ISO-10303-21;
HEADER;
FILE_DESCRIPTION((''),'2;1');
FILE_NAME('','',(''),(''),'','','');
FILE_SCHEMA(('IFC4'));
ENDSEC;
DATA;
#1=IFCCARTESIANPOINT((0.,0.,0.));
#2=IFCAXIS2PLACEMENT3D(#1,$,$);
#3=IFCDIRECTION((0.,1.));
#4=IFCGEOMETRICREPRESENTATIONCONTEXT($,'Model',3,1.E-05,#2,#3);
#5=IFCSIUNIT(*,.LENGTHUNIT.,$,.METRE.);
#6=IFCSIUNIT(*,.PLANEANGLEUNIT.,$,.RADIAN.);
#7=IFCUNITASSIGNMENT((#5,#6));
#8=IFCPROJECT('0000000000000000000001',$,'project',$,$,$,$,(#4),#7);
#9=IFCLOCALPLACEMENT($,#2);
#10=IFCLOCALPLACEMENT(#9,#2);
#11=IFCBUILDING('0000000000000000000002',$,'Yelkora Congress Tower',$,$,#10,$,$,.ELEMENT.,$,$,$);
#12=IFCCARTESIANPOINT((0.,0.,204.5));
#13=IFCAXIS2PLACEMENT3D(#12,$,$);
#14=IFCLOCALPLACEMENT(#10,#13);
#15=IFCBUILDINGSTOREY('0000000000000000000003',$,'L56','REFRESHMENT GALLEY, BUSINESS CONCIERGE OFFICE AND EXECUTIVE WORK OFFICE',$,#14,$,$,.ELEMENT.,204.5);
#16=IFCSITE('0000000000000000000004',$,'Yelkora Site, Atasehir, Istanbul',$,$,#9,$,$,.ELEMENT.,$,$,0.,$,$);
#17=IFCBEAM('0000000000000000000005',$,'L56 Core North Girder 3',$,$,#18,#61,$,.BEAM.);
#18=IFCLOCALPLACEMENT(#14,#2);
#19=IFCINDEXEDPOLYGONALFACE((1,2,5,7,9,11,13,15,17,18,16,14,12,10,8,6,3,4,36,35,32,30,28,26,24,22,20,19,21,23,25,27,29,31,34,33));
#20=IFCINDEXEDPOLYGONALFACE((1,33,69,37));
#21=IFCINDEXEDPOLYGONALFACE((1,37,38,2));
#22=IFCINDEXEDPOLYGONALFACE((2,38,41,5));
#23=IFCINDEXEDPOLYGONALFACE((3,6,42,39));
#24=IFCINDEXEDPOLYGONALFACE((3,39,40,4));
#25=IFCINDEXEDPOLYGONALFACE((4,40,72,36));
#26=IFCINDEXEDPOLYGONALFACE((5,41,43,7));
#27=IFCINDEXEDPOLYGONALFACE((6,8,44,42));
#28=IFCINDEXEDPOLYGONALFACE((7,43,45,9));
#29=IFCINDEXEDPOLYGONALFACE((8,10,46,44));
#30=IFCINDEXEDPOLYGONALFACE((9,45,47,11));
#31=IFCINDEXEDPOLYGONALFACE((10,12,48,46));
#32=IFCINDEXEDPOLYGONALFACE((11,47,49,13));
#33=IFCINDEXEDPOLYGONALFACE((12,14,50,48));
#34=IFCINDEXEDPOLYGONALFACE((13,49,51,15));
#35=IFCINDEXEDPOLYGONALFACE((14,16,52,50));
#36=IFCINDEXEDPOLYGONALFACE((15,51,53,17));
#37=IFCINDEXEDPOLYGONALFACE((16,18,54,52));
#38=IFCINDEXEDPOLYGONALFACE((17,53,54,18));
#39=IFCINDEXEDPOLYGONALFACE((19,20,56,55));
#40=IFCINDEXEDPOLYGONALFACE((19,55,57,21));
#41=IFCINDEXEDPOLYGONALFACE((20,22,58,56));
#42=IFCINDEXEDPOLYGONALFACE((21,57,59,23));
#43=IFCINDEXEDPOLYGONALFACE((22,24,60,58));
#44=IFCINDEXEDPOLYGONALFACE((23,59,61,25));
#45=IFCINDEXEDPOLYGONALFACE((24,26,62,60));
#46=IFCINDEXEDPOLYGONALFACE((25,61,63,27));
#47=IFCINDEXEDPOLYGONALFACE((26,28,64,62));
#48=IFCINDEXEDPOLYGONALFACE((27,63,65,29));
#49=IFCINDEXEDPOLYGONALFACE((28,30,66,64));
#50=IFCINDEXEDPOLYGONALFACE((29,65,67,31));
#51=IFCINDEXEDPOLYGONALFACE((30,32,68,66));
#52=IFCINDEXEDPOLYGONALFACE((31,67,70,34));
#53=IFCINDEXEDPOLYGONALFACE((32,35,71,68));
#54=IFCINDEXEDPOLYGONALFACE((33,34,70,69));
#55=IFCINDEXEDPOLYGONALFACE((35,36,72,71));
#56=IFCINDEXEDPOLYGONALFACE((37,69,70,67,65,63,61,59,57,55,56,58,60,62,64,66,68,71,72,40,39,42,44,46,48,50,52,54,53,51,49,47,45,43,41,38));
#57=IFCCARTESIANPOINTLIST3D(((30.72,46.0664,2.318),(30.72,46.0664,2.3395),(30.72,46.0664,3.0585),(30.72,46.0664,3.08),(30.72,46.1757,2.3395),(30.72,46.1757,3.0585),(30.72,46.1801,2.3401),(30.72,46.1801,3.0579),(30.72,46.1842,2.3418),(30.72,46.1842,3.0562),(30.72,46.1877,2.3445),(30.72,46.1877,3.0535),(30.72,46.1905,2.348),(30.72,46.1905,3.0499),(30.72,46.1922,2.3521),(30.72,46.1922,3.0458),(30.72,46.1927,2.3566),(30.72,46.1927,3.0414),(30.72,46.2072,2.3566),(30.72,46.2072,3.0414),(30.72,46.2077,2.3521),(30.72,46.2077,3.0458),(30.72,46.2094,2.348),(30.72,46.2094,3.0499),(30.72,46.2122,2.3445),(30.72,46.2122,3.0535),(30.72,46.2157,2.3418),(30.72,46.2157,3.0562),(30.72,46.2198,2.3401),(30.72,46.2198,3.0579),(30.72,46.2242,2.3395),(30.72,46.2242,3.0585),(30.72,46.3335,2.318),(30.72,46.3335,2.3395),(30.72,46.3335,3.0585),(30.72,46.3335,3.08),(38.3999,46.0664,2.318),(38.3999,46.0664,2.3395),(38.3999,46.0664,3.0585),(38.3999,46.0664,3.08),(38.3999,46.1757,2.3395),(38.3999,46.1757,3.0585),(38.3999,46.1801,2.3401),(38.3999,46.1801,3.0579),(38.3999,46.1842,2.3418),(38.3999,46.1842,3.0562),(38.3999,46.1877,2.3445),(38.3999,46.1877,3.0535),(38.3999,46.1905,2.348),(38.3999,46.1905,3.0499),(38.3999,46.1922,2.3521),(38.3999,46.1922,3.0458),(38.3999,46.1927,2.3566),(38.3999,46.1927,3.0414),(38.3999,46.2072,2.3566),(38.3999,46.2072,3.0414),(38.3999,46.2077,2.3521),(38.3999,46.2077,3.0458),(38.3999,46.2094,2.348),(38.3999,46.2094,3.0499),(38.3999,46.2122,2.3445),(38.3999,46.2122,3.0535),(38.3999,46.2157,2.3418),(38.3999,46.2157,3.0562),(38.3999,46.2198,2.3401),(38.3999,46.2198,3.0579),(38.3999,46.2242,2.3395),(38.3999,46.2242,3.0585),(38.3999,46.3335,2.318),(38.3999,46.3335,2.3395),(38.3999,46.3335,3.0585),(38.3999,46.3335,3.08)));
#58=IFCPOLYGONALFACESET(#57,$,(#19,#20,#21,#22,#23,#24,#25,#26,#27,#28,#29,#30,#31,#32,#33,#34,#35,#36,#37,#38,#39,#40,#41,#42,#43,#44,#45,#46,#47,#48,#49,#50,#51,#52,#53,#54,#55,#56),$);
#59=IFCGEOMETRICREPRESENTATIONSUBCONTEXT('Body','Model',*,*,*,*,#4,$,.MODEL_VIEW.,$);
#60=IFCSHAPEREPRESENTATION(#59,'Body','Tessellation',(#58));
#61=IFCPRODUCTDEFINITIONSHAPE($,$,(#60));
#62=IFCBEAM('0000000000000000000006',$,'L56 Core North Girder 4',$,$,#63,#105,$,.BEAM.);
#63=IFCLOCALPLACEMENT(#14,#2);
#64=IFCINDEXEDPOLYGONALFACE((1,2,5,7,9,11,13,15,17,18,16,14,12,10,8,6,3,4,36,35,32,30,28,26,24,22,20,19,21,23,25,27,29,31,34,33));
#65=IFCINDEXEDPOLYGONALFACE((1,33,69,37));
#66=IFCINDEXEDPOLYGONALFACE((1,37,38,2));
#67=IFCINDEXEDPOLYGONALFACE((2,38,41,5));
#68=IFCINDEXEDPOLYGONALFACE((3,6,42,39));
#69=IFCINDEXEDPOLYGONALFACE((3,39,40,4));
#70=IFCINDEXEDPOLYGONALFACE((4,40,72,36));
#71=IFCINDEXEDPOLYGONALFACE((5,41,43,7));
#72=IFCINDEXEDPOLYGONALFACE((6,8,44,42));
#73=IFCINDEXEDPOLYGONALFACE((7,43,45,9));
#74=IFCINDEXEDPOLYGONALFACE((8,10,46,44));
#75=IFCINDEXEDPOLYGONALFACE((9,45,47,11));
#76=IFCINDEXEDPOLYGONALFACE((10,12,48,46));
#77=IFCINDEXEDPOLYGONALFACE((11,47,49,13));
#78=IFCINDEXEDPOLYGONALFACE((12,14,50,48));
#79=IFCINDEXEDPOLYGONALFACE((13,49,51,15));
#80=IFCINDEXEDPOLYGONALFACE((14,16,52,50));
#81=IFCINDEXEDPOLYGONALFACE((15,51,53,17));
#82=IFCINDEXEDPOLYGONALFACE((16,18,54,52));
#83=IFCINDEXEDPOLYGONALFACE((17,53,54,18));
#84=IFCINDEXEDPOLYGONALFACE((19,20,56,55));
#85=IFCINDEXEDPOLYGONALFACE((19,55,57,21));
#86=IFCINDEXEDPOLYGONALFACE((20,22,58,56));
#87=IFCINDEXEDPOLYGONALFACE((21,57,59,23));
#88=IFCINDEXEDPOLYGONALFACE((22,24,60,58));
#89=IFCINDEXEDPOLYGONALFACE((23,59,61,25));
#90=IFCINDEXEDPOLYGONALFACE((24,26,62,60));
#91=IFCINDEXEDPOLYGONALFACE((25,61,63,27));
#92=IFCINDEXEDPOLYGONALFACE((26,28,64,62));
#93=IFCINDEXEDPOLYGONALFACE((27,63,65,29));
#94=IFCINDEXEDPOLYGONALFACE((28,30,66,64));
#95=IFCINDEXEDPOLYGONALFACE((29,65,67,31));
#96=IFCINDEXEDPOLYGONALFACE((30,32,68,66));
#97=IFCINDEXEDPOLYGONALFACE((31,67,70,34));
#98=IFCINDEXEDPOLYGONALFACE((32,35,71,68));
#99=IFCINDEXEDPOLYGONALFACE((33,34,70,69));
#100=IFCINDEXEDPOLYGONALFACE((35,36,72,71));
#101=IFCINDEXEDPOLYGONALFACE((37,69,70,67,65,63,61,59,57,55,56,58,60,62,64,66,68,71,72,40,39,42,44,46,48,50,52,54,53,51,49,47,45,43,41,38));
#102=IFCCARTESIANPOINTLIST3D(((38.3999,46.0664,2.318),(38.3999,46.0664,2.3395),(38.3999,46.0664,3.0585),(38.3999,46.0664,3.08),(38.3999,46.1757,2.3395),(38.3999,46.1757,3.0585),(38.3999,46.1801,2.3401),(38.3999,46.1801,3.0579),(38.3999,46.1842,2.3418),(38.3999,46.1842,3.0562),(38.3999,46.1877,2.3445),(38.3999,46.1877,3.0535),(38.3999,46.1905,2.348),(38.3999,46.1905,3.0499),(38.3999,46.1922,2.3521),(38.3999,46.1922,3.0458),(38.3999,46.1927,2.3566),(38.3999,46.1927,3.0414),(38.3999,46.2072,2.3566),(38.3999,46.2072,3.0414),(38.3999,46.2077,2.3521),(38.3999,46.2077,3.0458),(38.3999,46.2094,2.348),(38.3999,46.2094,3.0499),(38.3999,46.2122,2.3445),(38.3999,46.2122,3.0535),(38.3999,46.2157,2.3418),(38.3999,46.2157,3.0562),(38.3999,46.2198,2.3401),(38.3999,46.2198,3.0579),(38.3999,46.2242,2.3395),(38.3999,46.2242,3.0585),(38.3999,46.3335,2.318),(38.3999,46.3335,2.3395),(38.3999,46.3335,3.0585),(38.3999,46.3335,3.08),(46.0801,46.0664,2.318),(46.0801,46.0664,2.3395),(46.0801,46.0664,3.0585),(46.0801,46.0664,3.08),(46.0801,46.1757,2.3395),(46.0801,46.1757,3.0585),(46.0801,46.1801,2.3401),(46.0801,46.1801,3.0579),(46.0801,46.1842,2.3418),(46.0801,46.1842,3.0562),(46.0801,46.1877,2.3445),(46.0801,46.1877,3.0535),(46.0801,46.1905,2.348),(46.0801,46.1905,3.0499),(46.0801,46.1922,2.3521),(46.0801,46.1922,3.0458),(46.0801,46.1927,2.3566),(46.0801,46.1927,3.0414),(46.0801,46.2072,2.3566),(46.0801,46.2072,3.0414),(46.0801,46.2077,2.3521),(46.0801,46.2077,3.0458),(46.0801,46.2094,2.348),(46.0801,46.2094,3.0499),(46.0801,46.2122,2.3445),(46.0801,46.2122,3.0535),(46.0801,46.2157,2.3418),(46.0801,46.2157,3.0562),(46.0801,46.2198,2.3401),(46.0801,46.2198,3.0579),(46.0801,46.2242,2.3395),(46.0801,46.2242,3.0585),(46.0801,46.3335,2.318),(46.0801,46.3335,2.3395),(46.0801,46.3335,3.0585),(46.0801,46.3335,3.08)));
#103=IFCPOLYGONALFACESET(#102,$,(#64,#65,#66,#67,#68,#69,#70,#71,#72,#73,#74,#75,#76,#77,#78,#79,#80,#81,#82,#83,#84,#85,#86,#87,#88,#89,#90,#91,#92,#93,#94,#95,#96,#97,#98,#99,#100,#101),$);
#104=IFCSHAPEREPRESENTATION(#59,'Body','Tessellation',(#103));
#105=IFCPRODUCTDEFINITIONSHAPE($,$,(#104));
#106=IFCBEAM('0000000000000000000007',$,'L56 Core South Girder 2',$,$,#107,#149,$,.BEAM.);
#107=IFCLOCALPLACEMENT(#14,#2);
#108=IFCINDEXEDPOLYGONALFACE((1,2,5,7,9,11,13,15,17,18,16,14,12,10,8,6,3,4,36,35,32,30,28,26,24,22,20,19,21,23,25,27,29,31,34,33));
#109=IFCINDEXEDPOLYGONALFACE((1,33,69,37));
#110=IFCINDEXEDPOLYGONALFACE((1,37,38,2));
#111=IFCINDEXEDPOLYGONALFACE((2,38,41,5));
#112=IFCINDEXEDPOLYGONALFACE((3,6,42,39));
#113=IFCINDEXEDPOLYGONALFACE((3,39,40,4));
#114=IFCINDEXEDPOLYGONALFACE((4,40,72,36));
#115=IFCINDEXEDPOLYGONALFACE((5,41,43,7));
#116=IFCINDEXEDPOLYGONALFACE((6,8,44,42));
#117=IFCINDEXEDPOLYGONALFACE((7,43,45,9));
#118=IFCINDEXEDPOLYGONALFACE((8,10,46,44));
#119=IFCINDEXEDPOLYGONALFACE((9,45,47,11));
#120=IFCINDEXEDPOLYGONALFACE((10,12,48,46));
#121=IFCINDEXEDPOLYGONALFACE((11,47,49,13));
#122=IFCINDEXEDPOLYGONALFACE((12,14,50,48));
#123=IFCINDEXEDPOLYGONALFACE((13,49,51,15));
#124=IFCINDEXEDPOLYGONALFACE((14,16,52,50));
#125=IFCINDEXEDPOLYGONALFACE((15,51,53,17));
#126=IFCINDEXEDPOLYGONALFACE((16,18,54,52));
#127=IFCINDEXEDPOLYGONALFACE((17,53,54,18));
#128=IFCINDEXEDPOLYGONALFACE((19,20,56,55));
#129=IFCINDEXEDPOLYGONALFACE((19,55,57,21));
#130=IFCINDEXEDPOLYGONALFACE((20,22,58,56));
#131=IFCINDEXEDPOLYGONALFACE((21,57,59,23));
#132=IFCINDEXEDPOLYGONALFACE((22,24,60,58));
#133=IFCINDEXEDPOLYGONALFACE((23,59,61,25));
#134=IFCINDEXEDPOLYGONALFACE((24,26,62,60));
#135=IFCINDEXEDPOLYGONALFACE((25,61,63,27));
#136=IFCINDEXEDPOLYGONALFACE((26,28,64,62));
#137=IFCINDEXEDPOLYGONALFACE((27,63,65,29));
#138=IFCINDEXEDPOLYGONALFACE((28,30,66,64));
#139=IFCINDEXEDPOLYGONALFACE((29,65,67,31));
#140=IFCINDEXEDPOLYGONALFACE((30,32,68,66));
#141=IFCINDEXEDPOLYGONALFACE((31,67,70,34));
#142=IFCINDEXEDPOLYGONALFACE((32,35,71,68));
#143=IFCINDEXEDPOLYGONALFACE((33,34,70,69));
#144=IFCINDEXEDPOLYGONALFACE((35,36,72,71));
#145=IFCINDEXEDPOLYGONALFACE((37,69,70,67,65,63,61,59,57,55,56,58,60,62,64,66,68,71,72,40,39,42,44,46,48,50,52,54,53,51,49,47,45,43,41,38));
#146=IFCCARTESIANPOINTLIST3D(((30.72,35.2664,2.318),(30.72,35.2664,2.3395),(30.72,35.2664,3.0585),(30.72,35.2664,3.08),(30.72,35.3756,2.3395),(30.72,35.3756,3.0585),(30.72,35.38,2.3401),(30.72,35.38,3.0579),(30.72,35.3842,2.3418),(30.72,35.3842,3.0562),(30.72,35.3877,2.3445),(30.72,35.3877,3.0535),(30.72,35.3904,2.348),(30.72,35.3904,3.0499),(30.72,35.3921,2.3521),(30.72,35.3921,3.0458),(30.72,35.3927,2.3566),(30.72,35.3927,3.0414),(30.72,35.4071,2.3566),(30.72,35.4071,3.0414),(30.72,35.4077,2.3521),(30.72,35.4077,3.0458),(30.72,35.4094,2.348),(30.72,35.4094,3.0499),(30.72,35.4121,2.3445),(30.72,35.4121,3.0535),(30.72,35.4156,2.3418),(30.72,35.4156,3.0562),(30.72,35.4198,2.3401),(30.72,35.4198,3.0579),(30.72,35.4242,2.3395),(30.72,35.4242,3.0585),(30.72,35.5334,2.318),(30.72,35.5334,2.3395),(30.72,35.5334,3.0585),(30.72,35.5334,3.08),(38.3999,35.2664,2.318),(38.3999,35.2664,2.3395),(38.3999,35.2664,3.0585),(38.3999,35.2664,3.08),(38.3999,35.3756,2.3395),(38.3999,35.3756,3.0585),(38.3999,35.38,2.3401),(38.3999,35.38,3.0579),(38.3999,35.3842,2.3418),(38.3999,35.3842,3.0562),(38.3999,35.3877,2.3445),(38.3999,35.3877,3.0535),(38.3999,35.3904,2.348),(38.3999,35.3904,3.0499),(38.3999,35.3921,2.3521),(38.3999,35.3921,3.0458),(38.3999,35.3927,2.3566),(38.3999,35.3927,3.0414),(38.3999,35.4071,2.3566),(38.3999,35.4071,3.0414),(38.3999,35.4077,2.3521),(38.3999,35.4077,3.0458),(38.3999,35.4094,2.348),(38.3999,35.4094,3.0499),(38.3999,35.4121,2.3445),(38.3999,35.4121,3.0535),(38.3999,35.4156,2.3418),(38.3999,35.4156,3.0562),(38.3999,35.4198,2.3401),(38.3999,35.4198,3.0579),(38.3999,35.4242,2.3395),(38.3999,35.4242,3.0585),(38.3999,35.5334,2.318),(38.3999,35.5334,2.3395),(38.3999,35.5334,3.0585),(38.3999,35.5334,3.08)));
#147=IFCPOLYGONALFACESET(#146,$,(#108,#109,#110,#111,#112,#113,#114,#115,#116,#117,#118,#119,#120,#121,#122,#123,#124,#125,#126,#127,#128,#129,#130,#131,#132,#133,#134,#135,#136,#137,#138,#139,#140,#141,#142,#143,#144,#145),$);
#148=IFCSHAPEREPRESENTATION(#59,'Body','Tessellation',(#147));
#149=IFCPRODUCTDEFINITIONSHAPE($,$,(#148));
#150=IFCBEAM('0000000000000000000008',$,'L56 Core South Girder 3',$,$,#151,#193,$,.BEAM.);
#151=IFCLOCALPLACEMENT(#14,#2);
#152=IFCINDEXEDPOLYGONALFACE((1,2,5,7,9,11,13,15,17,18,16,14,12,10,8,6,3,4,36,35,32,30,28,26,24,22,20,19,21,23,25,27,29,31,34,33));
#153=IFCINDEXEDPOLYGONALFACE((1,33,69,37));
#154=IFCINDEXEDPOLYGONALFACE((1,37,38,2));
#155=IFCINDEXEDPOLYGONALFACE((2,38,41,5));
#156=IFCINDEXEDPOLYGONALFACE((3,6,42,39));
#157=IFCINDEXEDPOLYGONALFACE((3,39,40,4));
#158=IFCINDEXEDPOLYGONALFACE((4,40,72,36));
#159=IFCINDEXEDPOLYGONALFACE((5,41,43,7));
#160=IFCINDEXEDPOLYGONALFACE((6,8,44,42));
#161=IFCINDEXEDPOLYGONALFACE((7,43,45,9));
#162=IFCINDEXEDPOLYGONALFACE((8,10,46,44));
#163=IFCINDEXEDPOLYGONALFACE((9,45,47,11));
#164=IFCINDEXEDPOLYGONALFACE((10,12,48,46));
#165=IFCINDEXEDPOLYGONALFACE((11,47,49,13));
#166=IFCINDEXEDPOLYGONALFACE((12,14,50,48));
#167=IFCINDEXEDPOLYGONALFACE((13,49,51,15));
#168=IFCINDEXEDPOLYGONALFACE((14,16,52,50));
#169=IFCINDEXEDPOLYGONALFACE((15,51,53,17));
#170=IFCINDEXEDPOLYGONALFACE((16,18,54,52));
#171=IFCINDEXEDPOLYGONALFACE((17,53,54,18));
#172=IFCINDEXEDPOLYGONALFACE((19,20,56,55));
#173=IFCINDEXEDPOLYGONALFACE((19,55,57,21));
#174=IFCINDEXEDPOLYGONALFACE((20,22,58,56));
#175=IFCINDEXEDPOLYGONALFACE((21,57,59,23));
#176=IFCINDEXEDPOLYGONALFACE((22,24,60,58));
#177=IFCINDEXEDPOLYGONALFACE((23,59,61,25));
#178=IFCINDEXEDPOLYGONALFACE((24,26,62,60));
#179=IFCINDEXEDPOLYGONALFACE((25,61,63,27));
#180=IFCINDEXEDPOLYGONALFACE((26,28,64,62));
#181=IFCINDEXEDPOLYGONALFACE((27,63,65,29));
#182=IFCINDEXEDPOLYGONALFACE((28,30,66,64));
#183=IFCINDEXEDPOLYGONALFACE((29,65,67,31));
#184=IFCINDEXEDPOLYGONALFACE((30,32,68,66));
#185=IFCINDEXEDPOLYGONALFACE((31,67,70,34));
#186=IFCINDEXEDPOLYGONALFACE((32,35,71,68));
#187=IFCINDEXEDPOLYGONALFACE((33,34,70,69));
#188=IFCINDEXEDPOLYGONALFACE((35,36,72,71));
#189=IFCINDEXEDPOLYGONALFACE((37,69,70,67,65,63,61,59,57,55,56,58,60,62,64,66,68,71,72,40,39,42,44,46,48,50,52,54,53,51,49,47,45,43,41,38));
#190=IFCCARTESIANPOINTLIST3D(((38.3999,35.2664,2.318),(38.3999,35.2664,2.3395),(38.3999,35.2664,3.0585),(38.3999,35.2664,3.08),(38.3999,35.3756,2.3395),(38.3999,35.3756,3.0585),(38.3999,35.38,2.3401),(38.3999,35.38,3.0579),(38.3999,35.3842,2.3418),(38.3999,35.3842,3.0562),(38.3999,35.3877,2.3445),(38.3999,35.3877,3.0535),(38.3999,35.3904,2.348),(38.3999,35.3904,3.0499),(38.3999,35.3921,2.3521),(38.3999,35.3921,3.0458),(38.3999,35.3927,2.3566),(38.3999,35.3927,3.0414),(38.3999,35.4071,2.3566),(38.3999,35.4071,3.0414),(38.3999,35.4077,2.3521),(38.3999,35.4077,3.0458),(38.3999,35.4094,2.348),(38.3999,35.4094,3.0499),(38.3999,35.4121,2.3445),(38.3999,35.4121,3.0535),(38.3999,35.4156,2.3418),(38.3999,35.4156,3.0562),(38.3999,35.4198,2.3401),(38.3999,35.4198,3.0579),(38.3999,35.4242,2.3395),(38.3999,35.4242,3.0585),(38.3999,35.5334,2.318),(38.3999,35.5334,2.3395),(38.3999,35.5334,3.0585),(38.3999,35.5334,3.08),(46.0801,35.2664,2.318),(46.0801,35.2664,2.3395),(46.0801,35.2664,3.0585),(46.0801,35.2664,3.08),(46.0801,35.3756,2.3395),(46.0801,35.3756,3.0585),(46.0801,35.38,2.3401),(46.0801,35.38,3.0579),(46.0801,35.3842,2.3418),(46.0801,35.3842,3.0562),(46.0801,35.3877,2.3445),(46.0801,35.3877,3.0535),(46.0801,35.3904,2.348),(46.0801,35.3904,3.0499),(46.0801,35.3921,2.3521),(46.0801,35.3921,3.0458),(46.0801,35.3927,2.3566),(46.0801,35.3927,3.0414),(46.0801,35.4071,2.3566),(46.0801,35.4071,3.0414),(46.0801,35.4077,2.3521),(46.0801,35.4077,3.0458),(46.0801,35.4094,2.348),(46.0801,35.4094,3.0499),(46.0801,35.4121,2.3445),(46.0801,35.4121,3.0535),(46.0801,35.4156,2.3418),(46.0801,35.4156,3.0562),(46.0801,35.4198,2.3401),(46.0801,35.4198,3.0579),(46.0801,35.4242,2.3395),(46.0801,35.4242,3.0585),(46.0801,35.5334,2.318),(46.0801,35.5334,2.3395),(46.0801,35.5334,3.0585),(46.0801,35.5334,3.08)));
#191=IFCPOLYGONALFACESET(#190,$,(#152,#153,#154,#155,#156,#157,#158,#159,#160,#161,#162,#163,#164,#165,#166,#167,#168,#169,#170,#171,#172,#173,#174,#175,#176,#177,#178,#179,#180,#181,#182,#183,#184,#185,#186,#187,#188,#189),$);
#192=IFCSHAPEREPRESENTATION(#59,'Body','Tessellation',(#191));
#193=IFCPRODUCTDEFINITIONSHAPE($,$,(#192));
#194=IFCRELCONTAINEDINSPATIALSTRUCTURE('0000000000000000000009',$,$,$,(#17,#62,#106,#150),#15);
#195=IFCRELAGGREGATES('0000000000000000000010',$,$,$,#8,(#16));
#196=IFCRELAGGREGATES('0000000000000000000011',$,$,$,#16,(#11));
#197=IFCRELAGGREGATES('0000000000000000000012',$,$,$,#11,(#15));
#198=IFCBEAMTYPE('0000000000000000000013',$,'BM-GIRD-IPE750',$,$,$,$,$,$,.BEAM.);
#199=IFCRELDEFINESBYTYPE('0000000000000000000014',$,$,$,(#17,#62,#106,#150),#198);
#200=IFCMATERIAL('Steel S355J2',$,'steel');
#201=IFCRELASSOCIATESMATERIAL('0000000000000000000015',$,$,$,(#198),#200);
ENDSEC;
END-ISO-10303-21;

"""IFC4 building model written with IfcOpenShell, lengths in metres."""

from ifc_helpers import new_model, si_unit, direction, frame, origin, origin_2d, place, context, subcontext, project, spatial, i_section, extrude, material, material_profile, profile_set, type_object, element, save


model = new_model("IFC4")

# Units and contexts
model_context = context("Model", 3, precision=1e-05, world=origin(), true_north=direction((0.0, 1.0)))
body_context = subcontext(model_context, "Body", "Model", "MODEL_VIEW")
ifc_project = project(units=[si_unit("LENGTHUNIT", "METRE"), si_unit("PLANEANGLEUNIT", "RADIAN")], contexts=[model_context])

# Site, building, storey
site_placement = place(None, origin())
site = spatial("IfcSite", under=ifc_project, at=site_placement, Name="Yelkora Site, Atasehir, Istanbul", CompositionType="ELEMENT", RefElevation=0.0)
building_placement = place(site_placement, origin())
building = spatial("IfcBuilding", under=site, at=building_placement, Name="Yelkora Congress Tower", CompositionType="ELEMENT")
storey_placement = place(building_placement, frame((0.0, 0.0, 204.5)))
storey = spatial("IfcBuildingStorey", under=building, at=storey_placement, Name="L56", Description="REFRESHMENT GALLEY, BUSINESS CONCIERGE OFFICE AND EXECUTIVE WORK OFFICE", CompositionType="ELEMENT", Elevation=204.5)

# Beams
ifc_material_1 = material(Name="Steel S355J2", Category="steel")
ifc_material_profile_1 = material_profile(ifc_material_1, i_section(OverallWidth=0.2671, OverallDepth=0.762, WebThickness=0.0144, FlangeThickness=0.0215, FilletRadius=0.0171, at=origin_2d()), Name="IPE 750x173")
ifc_profile_set_1 = profile_set([ifc_material_profile_1], Name="Steel S355J2")
beam_type = type_object("IfcBeamType", Name="BM-GIRD-IPE750", PredefinedType="BEAM", material=ifc_profile_set_1)
beam_1_placement = place(storey_placement, frame((30.72, 46.2, 2.699), z_axis=(1.0, 0.0, 0.0), x_axis=(0.0, 1.0, 0.0)))
element("IfcBeam", 1, at=beam_1_placement, inside=storey, type_object=beam_type, Name="L56 Core North Girder 3", PredefinedType="BEAM", context=body_context, shape_type="SweptSolid", body=[
    extrude(i_section(OverallWidth=0.2671, OverallDepth=0.762, WebThickness=0.0144, FlangeThickness=0.0215, FilletRadius=0.0171, at=origin_2d()), origin(), (0.0, 0.0, 1.0), 7.6799),
])
beam_2_placement = place(storey_placement, frame((38.3999, 46.2, 2.699), z_axis=(1.0, 0.0, 0.0), x_axis=(0.0, 1.0, 0.0)))
element("IfcBeam", 2, at=beam_2_placement, inside=storey, type_object=beam_type, Name="L56 Core North Girder 4", PredefinedType="BEAM", context=body_context, shape_type="SweptSolid", body=[
    extrude(i_section(OverallWidth=0.2671, OverallDepth=0.762, WebThickness=0.0144, FlangeThickness=0.0215, FilletRadius=0.0171, at=origin_2d()), origin(), (0.0, 0.0, 1.0), 7.6802),
])
beam_3_placement = place(storey_placement, frame((30.72, 35.3999, 2.699), z_axis=(1.0, 0.0, 0.0), x_axis=(0.0, 1.0, 0.0)))
element("IfcBeam", 3, at=beam_3_placement, inside=storey, type_object=beam_type, Name="L56 Core South Girder 2", PredefinedType="BEAM", context=body_context, shape_type="SweptSolid", body=[
    extrude(i_section(OverallWidth=0.2671, OverallDepth=0.762, WebThickness=0.0144, FlangeThickness=0.0215, FilletRadius=0.0171, at=origin_2d()), origin(), (0.0, 0.0, 1.0), 7.6799),
])
beam_4_placement = place(storey_placement, frame((38.3999, 35.3999, 2.699), z_axis=(1.0, 0.0, 0.0), x_axis=(0.0, 1.0, 0.0)))
element("IfcBeam", 4, at=beam_4_placement, inside=storey, type_object=beam_type, Name="L56 Core South Girder 3", PredefinedType="BEAM", context=body_context, shape_type="SweptSolid", body=[
    extrude(i_section(OverallWidth=0.2671, OverallDepth=0.762, WebThickness=0.0144, FlangeThickness=0.0215, FilletRadius=0.0171, at=origin_2d()), origin(), (0.0, 0.0, 1.0), 7.6802),
])

save(model, "model.ifc")
